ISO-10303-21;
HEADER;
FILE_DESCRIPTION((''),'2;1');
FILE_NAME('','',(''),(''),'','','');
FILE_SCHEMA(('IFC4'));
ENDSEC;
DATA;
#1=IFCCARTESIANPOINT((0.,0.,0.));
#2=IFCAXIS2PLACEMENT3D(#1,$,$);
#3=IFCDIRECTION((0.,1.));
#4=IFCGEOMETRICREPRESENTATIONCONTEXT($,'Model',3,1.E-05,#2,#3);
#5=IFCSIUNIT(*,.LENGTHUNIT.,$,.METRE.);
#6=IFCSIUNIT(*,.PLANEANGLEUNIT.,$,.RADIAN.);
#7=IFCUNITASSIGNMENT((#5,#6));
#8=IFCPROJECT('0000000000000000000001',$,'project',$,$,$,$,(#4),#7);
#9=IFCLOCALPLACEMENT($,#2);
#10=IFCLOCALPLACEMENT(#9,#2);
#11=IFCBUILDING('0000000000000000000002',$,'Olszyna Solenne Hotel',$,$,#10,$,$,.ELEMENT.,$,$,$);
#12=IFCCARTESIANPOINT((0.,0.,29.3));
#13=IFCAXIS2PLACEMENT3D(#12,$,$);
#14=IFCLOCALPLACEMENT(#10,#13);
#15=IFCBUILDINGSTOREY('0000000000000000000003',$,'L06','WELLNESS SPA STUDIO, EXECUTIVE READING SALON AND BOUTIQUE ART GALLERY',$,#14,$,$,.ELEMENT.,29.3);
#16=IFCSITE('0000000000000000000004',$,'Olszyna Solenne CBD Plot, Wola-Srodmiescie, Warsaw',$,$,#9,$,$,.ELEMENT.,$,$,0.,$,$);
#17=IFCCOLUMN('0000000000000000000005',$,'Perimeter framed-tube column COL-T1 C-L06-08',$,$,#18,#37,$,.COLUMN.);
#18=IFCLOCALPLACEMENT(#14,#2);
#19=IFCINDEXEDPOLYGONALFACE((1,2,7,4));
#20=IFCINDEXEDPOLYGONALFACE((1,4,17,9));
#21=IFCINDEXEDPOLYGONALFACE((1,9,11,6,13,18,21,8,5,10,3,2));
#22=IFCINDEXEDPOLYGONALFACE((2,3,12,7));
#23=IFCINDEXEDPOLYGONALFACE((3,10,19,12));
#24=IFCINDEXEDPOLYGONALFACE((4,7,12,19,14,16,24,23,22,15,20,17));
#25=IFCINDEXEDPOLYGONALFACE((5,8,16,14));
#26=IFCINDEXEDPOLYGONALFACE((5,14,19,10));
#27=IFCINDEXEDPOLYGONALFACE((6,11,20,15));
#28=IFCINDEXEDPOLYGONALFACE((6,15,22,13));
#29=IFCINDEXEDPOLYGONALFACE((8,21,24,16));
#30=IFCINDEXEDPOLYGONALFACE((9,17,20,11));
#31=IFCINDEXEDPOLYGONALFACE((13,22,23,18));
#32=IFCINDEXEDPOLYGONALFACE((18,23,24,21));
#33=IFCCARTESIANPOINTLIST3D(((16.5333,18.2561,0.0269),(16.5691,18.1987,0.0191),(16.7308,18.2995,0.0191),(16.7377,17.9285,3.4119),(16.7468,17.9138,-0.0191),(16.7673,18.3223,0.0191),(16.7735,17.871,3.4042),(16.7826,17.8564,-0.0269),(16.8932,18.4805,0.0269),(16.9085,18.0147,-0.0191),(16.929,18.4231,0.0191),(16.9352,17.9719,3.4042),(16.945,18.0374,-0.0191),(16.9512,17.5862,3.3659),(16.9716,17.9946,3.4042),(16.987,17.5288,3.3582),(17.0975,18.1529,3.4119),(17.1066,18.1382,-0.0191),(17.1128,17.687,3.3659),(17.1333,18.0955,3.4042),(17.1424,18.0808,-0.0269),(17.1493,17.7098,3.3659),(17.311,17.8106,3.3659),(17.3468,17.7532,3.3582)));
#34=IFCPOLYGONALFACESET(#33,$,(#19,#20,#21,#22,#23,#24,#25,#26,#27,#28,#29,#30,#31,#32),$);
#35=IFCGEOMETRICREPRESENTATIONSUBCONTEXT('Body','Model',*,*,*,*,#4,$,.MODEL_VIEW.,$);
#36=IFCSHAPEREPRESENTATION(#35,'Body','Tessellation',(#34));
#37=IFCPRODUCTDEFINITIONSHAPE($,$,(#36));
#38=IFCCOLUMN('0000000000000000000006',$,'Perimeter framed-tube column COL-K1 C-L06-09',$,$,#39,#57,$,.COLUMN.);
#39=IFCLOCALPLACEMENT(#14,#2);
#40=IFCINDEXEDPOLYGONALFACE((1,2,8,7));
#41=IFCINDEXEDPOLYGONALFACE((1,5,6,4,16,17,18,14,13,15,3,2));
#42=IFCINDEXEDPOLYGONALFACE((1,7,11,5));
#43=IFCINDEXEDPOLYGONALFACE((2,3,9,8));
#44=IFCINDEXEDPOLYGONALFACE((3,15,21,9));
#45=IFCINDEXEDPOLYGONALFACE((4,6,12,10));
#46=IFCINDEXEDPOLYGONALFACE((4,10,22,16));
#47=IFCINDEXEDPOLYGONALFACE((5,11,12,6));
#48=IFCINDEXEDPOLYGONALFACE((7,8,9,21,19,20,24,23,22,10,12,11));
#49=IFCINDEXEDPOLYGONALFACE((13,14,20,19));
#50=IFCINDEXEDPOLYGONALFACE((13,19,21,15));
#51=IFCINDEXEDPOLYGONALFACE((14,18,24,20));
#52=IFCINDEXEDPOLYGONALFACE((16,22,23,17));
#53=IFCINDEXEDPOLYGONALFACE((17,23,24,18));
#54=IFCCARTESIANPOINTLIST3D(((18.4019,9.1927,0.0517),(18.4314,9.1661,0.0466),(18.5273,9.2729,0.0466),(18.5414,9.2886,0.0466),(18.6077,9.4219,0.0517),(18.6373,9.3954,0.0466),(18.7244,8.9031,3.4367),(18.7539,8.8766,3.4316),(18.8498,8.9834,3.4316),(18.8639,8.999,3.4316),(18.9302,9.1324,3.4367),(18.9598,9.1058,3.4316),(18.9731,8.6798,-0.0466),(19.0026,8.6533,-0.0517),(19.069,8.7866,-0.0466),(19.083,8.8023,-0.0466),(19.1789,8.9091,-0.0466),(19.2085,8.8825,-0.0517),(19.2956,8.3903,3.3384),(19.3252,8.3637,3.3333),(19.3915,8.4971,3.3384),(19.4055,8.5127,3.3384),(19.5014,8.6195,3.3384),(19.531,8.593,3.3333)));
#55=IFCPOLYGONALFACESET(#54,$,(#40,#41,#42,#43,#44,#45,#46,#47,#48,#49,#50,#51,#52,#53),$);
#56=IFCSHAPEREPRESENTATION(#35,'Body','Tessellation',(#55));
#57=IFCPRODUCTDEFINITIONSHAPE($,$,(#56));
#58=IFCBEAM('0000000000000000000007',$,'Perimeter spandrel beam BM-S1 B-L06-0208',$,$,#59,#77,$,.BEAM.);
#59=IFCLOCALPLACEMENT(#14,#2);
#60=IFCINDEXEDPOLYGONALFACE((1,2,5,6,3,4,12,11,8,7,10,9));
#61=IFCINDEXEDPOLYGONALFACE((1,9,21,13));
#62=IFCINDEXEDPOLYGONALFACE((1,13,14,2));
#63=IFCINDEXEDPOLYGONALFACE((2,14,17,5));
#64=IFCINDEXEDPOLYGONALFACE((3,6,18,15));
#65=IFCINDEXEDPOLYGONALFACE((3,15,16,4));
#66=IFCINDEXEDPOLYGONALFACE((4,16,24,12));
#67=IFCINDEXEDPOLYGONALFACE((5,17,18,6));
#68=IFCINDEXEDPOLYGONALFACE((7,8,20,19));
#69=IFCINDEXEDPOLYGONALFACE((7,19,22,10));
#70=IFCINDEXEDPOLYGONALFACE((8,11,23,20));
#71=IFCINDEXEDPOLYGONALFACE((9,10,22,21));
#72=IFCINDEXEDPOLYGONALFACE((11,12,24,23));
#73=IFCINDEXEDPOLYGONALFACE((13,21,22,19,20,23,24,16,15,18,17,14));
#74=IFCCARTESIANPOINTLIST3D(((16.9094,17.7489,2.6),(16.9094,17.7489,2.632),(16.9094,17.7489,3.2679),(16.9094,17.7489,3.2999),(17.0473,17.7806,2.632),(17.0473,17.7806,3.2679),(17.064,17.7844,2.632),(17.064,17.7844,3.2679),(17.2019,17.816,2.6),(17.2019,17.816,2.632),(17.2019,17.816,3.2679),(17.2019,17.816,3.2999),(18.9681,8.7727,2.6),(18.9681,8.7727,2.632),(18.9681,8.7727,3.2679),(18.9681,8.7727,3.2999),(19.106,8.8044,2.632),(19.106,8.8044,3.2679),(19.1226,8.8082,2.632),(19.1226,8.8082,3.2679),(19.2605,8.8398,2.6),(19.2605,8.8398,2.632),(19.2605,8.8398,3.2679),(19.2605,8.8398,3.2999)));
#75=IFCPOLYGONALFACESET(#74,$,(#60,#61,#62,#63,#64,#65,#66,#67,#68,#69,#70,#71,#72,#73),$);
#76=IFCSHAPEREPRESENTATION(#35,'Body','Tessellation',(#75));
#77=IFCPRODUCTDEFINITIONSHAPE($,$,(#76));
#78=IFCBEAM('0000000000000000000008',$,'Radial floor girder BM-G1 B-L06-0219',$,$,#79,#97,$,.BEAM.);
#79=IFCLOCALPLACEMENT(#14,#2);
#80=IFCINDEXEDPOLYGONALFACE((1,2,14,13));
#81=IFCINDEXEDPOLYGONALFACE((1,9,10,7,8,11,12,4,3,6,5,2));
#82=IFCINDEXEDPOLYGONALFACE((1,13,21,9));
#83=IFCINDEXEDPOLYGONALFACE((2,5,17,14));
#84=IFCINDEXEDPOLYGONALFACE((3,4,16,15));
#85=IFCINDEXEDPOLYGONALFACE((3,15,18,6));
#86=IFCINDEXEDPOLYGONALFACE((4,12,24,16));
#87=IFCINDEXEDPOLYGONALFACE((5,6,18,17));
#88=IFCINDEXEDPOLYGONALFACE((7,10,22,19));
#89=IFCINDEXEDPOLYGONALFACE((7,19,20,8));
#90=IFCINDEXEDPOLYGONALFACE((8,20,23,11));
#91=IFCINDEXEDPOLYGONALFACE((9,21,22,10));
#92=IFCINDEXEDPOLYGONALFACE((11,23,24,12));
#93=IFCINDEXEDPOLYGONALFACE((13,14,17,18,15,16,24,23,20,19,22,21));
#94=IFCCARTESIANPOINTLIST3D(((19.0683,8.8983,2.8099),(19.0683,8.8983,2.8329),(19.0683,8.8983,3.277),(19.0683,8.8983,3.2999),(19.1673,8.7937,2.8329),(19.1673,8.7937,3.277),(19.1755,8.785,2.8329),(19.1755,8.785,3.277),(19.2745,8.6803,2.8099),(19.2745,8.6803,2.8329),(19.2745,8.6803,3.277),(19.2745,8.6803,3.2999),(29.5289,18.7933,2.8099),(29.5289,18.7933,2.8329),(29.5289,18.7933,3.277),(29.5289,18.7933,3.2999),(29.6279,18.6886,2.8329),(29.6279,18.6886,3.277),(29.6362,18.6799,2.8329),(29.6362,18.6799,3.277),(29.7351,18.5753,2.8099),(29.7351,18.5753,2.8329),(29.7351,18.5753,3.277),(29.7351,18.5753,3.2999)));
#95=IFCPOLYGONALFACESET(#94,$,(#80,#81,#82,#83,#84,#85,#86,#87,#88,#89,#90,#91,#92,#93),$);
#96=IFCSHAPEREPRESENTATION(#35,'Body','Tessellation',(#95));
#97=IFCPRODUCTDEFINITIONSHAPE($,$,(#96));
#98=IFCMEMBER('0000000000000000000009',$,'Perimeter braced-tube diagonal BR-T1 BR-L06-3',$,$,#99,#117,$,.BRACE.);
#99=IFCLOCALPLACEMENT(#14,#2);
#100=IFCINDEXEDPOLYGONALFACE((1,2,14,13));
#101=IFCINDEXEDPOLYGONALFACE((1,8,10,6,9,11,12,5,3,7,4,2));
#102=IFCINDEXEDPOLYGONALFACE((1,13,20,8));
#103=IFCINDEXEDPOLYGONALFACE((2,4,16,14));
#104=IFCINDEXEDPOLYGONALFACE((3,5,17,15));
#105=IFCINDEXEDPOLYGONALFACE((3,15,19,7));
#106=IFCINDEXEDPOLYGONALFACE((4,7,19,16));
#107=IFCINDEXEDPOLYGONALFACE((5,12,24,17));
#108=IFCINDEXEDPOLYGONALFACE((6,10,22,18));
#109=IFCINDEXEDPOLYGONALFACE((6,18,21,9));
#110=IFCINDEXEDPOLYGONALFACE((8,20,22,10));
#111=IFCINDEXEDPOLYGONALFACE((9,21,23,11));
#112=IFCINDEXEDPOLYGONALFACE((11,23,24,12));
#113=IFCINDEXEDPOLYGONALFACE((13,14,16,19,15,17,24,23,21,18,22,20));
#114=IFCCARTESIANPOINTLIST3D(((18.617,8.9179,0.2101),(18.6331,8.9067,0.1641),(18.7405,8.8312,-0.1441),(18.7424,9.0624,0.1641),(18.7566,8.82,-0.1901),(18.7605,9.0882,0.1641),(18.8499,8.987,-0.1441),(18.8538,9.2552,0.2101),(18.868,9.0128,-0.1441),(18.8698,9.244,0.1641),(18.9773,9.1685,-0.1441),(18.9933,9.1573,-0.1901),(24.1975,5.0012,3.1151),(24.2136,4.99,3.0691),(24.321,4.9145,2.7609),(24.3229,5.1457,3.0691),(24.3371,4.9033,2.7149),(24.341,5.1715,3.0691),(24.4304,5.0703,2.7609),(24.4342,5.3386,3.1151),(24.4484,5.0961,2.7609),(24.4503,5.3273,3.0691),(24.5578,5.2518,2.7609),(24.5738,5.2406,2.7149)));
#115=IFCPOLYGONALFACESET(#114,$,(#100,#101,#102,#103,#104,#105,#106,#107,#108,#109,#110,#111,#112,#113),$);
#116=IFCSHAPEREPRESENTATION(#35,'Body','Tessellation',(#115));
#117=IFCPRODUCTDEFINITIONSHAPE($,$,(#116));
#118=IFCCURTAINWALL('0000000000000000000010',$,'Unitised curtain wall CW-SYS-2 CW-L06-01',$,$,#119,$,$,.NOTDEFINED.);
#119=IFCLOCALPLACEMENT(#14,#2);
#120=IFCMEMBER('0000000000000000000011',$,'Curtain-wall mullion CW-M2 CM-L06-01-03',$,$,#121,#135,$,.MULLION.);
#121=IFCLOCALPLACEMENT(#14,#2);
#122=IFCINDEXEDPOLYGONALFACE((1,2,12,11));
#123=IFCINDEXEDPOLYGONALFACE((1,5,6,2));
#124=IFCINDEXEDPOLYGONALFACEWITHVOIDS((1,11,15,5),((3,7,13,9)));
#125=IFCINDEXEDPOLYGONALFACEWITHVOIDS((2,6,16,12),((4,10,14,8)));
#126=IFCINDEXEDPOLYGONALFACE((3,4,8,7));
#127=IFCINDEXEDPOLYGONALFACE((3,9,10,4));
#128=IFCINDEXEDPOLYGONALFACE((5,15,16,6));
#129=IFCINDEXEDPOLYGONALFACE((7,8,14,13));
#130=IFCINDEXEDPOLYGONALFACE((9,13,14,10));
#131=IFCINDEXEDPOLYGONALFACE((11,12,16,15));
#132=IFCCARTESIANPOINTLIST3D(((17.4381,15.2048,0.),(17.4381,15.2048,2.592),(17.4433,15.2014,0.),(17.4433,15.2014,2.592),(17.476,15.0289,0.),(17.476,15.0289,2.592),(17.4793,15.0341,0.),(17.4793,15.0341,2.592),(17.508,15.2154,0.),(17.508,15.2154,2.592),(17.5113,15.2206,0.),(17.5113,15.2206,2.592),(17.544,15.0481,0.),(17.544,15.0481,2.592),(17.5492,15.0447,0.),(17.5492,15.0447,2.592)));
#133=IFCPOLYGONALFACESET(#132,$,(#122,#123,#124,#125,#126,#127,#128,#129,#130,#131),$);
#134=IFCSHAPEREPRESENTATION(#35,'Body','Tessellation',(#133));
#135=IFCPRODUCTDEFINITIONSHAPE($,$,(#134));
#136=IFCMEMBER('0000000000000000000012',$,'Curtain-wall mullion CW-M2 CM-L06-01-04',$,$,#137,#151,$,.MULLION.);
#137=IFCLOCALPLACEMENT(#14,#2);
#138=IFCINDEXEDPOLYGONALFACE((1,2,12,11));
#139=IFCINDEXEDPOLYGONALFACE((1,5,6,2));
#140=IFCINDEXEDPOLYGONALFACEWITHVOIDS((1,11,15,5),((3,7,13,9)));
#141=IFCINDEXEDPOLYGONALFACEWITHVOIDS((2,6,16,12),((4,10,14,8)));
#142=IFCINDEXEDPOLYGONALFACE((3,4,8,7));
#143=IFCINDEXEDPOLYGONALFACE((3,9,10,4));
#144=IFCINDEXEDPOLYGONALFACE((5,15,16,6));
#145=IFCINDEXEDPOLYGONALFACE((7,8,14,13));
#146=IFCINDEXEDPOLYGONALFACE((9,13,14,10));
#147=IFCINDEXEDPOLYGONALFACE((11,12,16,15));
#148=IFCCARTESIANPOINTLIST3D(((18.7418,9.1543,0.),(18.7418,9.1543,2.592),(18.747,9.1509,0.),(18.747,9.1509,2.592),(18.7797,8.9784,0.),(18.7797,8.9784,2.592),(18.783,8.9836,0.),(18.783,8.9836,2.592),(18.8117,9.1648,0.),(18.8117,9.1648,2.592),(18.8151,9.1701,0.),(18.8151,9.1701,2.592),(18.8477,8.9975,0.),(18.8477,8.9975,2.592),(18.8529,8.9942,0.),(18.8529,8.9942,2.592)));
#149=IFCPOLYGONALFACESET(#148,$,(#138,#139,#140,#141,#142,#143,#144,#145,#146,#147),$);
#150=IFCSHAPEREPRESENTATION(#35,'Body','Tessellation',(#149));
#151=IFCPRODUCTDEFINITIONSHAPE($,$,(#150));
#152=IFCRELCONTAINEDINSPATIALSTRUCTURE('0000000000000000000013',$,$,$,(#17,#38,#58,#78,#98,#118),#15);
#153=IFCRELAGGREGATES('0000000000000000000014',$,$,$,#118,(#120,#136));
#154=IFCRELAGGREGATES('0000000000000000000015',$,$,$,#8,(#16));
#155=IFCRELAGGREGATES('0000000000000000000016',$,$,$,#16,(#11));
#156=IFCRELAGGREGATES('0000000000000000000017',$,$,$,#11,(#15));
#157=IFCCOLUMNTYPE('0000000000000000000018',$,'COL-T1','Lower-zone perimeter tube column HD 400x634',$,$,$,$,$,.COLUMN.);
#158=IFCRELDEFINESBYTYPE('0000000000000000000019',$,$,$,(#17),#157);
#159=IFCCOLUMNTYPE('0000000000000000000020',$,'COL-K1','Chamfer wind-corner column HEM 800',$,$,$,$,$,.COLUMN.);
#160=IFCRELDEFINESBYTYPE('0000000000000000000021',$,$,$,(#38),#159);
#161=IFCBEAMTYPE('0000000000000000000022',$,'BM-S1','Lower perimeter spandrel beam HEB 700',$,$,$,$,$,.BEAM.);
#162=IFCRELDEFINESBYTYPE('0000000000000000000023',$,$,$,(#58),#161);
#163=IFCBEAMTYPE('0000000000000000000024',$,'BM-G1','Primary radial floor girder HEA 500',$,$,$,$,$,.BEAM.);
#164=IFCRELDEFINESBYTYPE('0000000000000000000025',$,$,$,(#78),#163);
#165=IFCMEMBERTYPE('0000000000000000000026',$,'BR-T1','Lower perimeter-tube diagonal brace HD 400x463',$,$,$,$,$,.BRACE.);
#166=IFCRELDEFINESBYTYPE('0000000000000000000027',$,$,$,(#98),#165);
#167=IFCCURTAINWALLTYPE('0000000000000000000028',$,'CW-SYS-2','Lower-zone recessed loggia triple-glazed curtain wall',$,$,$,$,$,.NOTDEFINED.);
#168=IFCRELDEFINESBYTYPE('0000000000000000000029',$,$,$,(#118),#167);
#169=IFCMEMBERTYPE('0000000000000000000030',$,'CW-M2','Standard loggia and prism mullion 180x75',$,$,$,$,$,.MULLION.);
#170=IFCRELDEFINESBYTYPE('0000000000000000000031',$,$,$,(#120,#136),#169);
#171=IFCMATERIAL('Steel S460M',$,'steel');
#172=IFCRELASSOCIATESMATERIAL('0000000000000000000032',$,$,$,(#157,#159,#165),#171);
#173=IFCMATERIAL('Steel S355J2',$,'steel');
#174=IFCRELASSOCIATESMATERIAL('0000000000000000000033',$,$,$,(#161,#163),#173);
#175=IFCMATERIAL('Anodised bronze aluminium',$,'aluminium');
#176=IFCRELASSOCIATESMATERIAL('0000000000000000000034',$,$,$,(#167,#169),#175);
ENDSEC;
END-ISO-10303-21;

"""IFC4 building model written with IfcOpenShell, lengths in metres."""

from ifc_helpers import new_model, si_unit, direction, frame, origin, origin_2d, place, context, subcontext, project, spatial, hollow_rectangle, i_section, extrude, source, transform, mapped, material, material_profile, profile_set, type_object, element, aggregate, save


model = new_model("IFC4")

# Units and contexts
model_context = context("Model", 3, precision=1e-05, world=origin(), true_north=direction((0.0, 1.0)))
body_context = subcontext(model_context, "Body", "Model", "MODEL_VIEW")
ifc_project = project(units=[si_unit("LENGTHUNIT", "METRE"), si_unit("PLANEANGLEUNIT", "RADIAN")], contexts=[model_context])

# Site, building, storey
site_placement = place(None, origin())
site = spatial("IfcSite", under=ifc_project, at=site_placement, Name="Olszyna Solenne CBD Plot, Wola-Srodmiescie, Warsaw", CompositionType="ELEMENT", RefElevation=0.0)
building_placement = place(site_placement, origin())
building = spatial("IfcBuilding", under=site, at=building_placement, Name="Olszyna Solenne Hotel", CompositionType="ELEMENT")
storey_placement = place(building_placement, frame((0.0, 0.0, 29.3)))
storey = spatial("IfcBuildingStorey", under=building, at=storey_placement, Name="L06", Description="WELLNESS SPA STUDIO, EXECUTIVE READING SALON AND BOUTIQUE ART GALLERY", CompositionType="ELEMENT", Elevation=29.3)

# Columns
ifc_material_1 = material(Name="Steel S460M", Category="steel")
ifc_material_profile_1 = material_profile(ifc_material_1, i_section(OverallWidth=0.4241, OverallDepth=0.4741, WebThickness=0.043, FlangeThickness=0.0681, at=origin_2d()), Name="HD 400x634", Category="load-bearing")
ifc_profile_set_1 = profile_set([ifc_material_profile_1], Name="Steel S460M")
column_type_1 = type_object("IfcColumnType", Name="COL-T1", Description="Lower-zone perimeter tube column HD 400x634", PredefinedType="COLUMN", material=ifc_profile_set_1)
shared_shape_1 = source(origin(), body_context, "Body", "SweptSolid", [
    extrude(i_section(OverallWidth=0.4241, OverallDepth=0.4741, WebThickness=0.043, FlangeThickness=0.0681, at=origin_2d()), origin(), (0.0, 0.0, 1.0), 3.407),
])
column_1_placement = place(storey_placement, frame((16.8379, 18.1685, 0.0), z_axis=(0.059979, -0.096167, 0.993556), x_axis=(0.848495, 0.529203, 0.0)))
element("IfcColumn", 1, at=column_1_placement, inside=storey, type_object=column_type_1, Name="Perimeter framed-tube column COL-T1 C-L06-08", PredefinedType="COLUMN", context=body_context, shape_type="MappedRepresentation", body=[
    mapped(shared_shape_1, transform((0.0, 0.0, 0.0), x_axis=(1.0, 0.0, 0.0), y_axis=(0.0, 1.0, 0.0), z_axis=(0.0, 0.0, 1.0), scale=1.0)),
])
ifc_material_profile_2 = material_profile(ifc_material_1, i_section(OverallWidth=0.3081, OverallDepth=0.814, WebThickness=0.021, FlangeThickness=0.04, at=origin_2d()), Name="HEM 800", Category="load-bearing")
ifc_profile_set_2 = profile_set([ifc_material_profile_2], Name="Steel S460M")
column_type_2 = type_object("IfcColumnType", Name="COL-K1", Description="Chamfer wind-corner column HEM 800", PredefinedType="COLUMN", material=ifc_profile_set_2)
shared_shape_2 = source(origin(), body_context, "Body", "SweptSolid", [
    extrude(i_section(OverallWidth=0.3081, OverallDepth=0.814, WebThickness=0.021, FlangeThickness=0.04, at=origin_2d()), origin(), (0.0, 0.0, 1.0), 3.4126),
])
column_2_placement = place(storey_placement, frame((18.8052, 9.0376, 0.0), z_axis=(0.094504, -0.084846, 0.991902), x_axis=(0.668062, 0.744106, 0.0)))
element("IfcColumn", 2, at=column_2_placement, inside=storey, type_object=column_type_2, Name="Perimeter framed-tube column COL-K1 C-L06-09", PredefinedType="COLUMN", context=body_context, shape_type="MappedRepresentation", body=[
    mapped(shared_shape_2, transform((0.0, 0.0, 0.0), x_axis=(1.0, 0.0, 0.0), y_axis=(0.0, 1.0, 0.0), z_axis=(0.0, 0.0, 1.0), scale=1.0)),
])

# Beams
ifc_material_2 = material(Name="Steel S355J2", Category="steel")
ifc_material_profile_3 = material_profile(ifc_material_2, i_section(OverallWidth=0.3, OverallDepth=0.7, WebThickness=0.0171, FlangeThickness=0.032, at=origin_2d()), Name="HEB 700", Category="load-bearing")
ifc_profile_set_3 = profile_set([ifc_material_profile_3], Name="Steel S355J2")
beam_type_1 = type_object("IfcBeamType", Name="BM-S1", Description="Lower perimeter spandrel beam HEB 700", PredefinedType="BEAM", material=ifc_profile_set_3)
shared_shape_3 = source(origin(), body_context, "Body", "SweptSolid", [
    extrude(i_section(OverallWidth=0.3, OverallDepth=0.7, WebThickness=0.0171, FlangeThickness=0.032, at=origin_2d()), origin(), (0.0, 0.0, 1.0), 9.2092),
])
beam_1_placement = place(storey_placement, frame((17.0557, 17.7825, 2.95), z_axis=(0.223539, -0.974695, 0.0), x_axis=(0.974695, 0.223539, 0.0)))
element("IfcBeam", 3, at=beam_1_placement, inside=storey, type_object=beam_type_1, Name="Perimeter spandrel beam BM-S1 B-L06-0208", PredefinedType="BEAM", context=body_context, shape_type="MappedRepresentation", body=[
    mapped(shared_shape_3, transform((0.0, 0.0, 0.0), x_axis=(1.0, 0.0, 0.0), y_axis=(0.0, 1.0, 0.0), z_axis=(0.0, 0.0, 1.0), scale=1.0)),
])
ifc_material_profile_4 = material_profile(ifc_material_2, i_section(OverallWidth=0.3, OverallDepth=0.49, WebThickness=0.012, FlangeThickness=0.0229, at=origin_2d()), Name="HEA 500", Category="load-bearing")
ifc_profile_set_4 = profile_set([ifc_material_profile_4], Name="Steel S355J2")
beam_type_2 = type_object("IfcBeamType", Name="BM-G1", Description="Primary radial floor girder HEA 500", PredefinedType="BEAM", material=ifc_profile_set_4)
shared_shape_4 = source(origin(), body_context, "Body", "SweptSolid", [
    extrude(i_section(OverallWidth=0.3, OverallDepth=0.49, WebThickness=0.012, FlangeThickness=0.0229, at=origin_2d()), origin(), (0.0, 0.0, 1.0), 14.3992),
])
beam_2_placement = place(storey_placement, frame((19.1714, 8.7893, 3.0549), z_axis=(0.726476, 0.687191, 0.0), x_axis=(-0.687191, 0.726476, 0.0)))
element("IfcBeam", 4, at=beam_2_placement, inside=storey, type_object=beam_type_2, Name="Radial floor girder BM-G1 B-L06-0219", PredefinedType="BEAM", context=body_context, shape_type="MappedRepresentation", body=[
    mapped(shared_shape_4, transform((0.0, 0.0, 0.0), x_axis=(1.0, 0.0, 0.0), y_axis=(0.0, 1.0, 0.0), z_axis=(0.0, 0.0, 1.0), scale=1.0)),
])

# Member
ifc_material_profile_5 = material_profile(ifc_material_1, i_section(OverallWidth=0.4121, OverallDepth=0.4351, WebThickness=0.0315, FlangeThickness=0.05, at=origin_2d()), Name="HD 400x463", Category="load-bearing")
ifc_profile_set_5 = profile_set([ifc_material_profile_5], Name="Steel S460M")
member_type_1 = type_object("IfcMemberType", Name="BR-T1", Description="Lower perimeter-tube diagonal brace HD 400x463", PredefinedType="BRACE", material=ifc_profile_set_5)
shared_shape_5 = source(origin(), body_context, "Body", "SweptSolid", [
    extrude(i_section(OverallWidth=0.4121, OverallDepth=0.4351, WebThickness=0.0315, FlangeThickness=0.05, at=origin_2d()), origin(), (0.0, 0.0, 1.0), 7.4109),
])
member_1_placement = place(storey_placement, frame((18.8052, 9.0376, 0.01), z_axis=(0.753012, -0.528505, 0.391989), x_axis=(0.574481, 0.818518, 0.0)))
element("IfcMember", 5, at=member_1_placement, inside=storey, type_object=member_type_1, Name="Perimeter braced-tube diagonal BR-T1 BR-L06-3", PredefinedType="BRACE", context=body_context, shape_type="MappedRepresentation", body=[
    mapped(shared_shape_5, transform((0.0, 0.0, 0.0), x_axis=(1.0, 0.0, 0.0), y_axis=(0.0, 1.0, 0.0), z_axis=(0.0, 0.0, 1.0), scale=1.0)),
])

# Curtain wall, members
ifc_material_3 = material(Name="Anodised bronze aluminium", Category="aluminium")
curtain_wall_type = type_object("IfcCurtainWallType", Name="CW-SYS-2", Description="Lower-zone recessed loggia triple-glazed curtain wall", PredefinedType="NOTDEFINED", material=ifc_material_3)
curtain_wall_placement = place(storey_placement, origin())
curtain_wall = element("IfcCurtainWall", 6, at=curtain_wall_placement, inside=storey, type_object=curtain_wall_type, Name="Unitised curtain wall CW-SYS-2 CW-L06-01", PredefinedType="NOTDEFINED")
ifc_material_profile_6 = material_profile(ifc_material_3, hollow_rectangle(XDim=0.075, YDim=0.1799, WallThickness=0.0044, at=origin_2d()), Name="MULL 180x75x4.5", Category="load-bearing")
ifc_profile_set_6 = profile_set([ifc_material_profile_6], Name="Anodised bronze aluminium")
member_type_2 = type_object("IfcMemberType", Name="CW-M2", Description="Standard loggia and prism mullion 180x75", PredefinedType="MULLION", material=ifc_profile_set_6)
shared_shape_6 = source(origin(), body_context, "Body", "SweptSolid", [
    extrude(hollow_rectangle(XDim=0.075, YDim=0.1799, WallThickness=0.0044, at=origin_2d()), origin(), (0.0, 0.0, 1.0), 2.592),
])
member_2_placement = place(storey_placement, frame((17.4937, 15.1248, 0.0), z_axis=(0.0, 0.0, 1.0), x_axis=(0.97757, 0.21061, 0.0)))
member_2 = element("IfcMember", 7, at=member_2_placement, type_object=member_type_2, Name="Curtain-wall mullion CW-M2 CM-L06-01-03", PredefinedType="MULLION", context=body_context, shape_type="MappedRepresentation", body=[
    mapped(shared_shape_6, transform((0.0, 0.0, 0.0), x_axis=(1.0, 0.0, 0.0), y_axis=(0.0, 1.0, 0.0), z_axis=(0.0, 0.0, 1.0), scale=1.0)),
])
member_3_placement = place(storey_placement, frame((18.7974, 9.0742, 0.0), z_axis=(0.0, 0.0, 1.0), x_axis=(0.97757, 0.21061, 0.0)))
member_3 = element("IfcMember", 8, at=member_3_placement, type_object=member_type_2, Name="Curtain-wall mullion CW-M2 CM-L06-01-04", PredefinedType="MULLION", context=body_context, shape_type="MappedRepresentation", body=[
    mapped(shared_shape_6, transform((0.0, 0.0, 0.0), x_axis=(1.0, 0.0, 0.0), y_axis=(0.0, 1.0, 0.0), z_axis=(0.0, 0.0, 1.0), scale=1.0)),
])

aggregate(curtain_wall, [member_2, member_3])

save(model, "model.ifc")
